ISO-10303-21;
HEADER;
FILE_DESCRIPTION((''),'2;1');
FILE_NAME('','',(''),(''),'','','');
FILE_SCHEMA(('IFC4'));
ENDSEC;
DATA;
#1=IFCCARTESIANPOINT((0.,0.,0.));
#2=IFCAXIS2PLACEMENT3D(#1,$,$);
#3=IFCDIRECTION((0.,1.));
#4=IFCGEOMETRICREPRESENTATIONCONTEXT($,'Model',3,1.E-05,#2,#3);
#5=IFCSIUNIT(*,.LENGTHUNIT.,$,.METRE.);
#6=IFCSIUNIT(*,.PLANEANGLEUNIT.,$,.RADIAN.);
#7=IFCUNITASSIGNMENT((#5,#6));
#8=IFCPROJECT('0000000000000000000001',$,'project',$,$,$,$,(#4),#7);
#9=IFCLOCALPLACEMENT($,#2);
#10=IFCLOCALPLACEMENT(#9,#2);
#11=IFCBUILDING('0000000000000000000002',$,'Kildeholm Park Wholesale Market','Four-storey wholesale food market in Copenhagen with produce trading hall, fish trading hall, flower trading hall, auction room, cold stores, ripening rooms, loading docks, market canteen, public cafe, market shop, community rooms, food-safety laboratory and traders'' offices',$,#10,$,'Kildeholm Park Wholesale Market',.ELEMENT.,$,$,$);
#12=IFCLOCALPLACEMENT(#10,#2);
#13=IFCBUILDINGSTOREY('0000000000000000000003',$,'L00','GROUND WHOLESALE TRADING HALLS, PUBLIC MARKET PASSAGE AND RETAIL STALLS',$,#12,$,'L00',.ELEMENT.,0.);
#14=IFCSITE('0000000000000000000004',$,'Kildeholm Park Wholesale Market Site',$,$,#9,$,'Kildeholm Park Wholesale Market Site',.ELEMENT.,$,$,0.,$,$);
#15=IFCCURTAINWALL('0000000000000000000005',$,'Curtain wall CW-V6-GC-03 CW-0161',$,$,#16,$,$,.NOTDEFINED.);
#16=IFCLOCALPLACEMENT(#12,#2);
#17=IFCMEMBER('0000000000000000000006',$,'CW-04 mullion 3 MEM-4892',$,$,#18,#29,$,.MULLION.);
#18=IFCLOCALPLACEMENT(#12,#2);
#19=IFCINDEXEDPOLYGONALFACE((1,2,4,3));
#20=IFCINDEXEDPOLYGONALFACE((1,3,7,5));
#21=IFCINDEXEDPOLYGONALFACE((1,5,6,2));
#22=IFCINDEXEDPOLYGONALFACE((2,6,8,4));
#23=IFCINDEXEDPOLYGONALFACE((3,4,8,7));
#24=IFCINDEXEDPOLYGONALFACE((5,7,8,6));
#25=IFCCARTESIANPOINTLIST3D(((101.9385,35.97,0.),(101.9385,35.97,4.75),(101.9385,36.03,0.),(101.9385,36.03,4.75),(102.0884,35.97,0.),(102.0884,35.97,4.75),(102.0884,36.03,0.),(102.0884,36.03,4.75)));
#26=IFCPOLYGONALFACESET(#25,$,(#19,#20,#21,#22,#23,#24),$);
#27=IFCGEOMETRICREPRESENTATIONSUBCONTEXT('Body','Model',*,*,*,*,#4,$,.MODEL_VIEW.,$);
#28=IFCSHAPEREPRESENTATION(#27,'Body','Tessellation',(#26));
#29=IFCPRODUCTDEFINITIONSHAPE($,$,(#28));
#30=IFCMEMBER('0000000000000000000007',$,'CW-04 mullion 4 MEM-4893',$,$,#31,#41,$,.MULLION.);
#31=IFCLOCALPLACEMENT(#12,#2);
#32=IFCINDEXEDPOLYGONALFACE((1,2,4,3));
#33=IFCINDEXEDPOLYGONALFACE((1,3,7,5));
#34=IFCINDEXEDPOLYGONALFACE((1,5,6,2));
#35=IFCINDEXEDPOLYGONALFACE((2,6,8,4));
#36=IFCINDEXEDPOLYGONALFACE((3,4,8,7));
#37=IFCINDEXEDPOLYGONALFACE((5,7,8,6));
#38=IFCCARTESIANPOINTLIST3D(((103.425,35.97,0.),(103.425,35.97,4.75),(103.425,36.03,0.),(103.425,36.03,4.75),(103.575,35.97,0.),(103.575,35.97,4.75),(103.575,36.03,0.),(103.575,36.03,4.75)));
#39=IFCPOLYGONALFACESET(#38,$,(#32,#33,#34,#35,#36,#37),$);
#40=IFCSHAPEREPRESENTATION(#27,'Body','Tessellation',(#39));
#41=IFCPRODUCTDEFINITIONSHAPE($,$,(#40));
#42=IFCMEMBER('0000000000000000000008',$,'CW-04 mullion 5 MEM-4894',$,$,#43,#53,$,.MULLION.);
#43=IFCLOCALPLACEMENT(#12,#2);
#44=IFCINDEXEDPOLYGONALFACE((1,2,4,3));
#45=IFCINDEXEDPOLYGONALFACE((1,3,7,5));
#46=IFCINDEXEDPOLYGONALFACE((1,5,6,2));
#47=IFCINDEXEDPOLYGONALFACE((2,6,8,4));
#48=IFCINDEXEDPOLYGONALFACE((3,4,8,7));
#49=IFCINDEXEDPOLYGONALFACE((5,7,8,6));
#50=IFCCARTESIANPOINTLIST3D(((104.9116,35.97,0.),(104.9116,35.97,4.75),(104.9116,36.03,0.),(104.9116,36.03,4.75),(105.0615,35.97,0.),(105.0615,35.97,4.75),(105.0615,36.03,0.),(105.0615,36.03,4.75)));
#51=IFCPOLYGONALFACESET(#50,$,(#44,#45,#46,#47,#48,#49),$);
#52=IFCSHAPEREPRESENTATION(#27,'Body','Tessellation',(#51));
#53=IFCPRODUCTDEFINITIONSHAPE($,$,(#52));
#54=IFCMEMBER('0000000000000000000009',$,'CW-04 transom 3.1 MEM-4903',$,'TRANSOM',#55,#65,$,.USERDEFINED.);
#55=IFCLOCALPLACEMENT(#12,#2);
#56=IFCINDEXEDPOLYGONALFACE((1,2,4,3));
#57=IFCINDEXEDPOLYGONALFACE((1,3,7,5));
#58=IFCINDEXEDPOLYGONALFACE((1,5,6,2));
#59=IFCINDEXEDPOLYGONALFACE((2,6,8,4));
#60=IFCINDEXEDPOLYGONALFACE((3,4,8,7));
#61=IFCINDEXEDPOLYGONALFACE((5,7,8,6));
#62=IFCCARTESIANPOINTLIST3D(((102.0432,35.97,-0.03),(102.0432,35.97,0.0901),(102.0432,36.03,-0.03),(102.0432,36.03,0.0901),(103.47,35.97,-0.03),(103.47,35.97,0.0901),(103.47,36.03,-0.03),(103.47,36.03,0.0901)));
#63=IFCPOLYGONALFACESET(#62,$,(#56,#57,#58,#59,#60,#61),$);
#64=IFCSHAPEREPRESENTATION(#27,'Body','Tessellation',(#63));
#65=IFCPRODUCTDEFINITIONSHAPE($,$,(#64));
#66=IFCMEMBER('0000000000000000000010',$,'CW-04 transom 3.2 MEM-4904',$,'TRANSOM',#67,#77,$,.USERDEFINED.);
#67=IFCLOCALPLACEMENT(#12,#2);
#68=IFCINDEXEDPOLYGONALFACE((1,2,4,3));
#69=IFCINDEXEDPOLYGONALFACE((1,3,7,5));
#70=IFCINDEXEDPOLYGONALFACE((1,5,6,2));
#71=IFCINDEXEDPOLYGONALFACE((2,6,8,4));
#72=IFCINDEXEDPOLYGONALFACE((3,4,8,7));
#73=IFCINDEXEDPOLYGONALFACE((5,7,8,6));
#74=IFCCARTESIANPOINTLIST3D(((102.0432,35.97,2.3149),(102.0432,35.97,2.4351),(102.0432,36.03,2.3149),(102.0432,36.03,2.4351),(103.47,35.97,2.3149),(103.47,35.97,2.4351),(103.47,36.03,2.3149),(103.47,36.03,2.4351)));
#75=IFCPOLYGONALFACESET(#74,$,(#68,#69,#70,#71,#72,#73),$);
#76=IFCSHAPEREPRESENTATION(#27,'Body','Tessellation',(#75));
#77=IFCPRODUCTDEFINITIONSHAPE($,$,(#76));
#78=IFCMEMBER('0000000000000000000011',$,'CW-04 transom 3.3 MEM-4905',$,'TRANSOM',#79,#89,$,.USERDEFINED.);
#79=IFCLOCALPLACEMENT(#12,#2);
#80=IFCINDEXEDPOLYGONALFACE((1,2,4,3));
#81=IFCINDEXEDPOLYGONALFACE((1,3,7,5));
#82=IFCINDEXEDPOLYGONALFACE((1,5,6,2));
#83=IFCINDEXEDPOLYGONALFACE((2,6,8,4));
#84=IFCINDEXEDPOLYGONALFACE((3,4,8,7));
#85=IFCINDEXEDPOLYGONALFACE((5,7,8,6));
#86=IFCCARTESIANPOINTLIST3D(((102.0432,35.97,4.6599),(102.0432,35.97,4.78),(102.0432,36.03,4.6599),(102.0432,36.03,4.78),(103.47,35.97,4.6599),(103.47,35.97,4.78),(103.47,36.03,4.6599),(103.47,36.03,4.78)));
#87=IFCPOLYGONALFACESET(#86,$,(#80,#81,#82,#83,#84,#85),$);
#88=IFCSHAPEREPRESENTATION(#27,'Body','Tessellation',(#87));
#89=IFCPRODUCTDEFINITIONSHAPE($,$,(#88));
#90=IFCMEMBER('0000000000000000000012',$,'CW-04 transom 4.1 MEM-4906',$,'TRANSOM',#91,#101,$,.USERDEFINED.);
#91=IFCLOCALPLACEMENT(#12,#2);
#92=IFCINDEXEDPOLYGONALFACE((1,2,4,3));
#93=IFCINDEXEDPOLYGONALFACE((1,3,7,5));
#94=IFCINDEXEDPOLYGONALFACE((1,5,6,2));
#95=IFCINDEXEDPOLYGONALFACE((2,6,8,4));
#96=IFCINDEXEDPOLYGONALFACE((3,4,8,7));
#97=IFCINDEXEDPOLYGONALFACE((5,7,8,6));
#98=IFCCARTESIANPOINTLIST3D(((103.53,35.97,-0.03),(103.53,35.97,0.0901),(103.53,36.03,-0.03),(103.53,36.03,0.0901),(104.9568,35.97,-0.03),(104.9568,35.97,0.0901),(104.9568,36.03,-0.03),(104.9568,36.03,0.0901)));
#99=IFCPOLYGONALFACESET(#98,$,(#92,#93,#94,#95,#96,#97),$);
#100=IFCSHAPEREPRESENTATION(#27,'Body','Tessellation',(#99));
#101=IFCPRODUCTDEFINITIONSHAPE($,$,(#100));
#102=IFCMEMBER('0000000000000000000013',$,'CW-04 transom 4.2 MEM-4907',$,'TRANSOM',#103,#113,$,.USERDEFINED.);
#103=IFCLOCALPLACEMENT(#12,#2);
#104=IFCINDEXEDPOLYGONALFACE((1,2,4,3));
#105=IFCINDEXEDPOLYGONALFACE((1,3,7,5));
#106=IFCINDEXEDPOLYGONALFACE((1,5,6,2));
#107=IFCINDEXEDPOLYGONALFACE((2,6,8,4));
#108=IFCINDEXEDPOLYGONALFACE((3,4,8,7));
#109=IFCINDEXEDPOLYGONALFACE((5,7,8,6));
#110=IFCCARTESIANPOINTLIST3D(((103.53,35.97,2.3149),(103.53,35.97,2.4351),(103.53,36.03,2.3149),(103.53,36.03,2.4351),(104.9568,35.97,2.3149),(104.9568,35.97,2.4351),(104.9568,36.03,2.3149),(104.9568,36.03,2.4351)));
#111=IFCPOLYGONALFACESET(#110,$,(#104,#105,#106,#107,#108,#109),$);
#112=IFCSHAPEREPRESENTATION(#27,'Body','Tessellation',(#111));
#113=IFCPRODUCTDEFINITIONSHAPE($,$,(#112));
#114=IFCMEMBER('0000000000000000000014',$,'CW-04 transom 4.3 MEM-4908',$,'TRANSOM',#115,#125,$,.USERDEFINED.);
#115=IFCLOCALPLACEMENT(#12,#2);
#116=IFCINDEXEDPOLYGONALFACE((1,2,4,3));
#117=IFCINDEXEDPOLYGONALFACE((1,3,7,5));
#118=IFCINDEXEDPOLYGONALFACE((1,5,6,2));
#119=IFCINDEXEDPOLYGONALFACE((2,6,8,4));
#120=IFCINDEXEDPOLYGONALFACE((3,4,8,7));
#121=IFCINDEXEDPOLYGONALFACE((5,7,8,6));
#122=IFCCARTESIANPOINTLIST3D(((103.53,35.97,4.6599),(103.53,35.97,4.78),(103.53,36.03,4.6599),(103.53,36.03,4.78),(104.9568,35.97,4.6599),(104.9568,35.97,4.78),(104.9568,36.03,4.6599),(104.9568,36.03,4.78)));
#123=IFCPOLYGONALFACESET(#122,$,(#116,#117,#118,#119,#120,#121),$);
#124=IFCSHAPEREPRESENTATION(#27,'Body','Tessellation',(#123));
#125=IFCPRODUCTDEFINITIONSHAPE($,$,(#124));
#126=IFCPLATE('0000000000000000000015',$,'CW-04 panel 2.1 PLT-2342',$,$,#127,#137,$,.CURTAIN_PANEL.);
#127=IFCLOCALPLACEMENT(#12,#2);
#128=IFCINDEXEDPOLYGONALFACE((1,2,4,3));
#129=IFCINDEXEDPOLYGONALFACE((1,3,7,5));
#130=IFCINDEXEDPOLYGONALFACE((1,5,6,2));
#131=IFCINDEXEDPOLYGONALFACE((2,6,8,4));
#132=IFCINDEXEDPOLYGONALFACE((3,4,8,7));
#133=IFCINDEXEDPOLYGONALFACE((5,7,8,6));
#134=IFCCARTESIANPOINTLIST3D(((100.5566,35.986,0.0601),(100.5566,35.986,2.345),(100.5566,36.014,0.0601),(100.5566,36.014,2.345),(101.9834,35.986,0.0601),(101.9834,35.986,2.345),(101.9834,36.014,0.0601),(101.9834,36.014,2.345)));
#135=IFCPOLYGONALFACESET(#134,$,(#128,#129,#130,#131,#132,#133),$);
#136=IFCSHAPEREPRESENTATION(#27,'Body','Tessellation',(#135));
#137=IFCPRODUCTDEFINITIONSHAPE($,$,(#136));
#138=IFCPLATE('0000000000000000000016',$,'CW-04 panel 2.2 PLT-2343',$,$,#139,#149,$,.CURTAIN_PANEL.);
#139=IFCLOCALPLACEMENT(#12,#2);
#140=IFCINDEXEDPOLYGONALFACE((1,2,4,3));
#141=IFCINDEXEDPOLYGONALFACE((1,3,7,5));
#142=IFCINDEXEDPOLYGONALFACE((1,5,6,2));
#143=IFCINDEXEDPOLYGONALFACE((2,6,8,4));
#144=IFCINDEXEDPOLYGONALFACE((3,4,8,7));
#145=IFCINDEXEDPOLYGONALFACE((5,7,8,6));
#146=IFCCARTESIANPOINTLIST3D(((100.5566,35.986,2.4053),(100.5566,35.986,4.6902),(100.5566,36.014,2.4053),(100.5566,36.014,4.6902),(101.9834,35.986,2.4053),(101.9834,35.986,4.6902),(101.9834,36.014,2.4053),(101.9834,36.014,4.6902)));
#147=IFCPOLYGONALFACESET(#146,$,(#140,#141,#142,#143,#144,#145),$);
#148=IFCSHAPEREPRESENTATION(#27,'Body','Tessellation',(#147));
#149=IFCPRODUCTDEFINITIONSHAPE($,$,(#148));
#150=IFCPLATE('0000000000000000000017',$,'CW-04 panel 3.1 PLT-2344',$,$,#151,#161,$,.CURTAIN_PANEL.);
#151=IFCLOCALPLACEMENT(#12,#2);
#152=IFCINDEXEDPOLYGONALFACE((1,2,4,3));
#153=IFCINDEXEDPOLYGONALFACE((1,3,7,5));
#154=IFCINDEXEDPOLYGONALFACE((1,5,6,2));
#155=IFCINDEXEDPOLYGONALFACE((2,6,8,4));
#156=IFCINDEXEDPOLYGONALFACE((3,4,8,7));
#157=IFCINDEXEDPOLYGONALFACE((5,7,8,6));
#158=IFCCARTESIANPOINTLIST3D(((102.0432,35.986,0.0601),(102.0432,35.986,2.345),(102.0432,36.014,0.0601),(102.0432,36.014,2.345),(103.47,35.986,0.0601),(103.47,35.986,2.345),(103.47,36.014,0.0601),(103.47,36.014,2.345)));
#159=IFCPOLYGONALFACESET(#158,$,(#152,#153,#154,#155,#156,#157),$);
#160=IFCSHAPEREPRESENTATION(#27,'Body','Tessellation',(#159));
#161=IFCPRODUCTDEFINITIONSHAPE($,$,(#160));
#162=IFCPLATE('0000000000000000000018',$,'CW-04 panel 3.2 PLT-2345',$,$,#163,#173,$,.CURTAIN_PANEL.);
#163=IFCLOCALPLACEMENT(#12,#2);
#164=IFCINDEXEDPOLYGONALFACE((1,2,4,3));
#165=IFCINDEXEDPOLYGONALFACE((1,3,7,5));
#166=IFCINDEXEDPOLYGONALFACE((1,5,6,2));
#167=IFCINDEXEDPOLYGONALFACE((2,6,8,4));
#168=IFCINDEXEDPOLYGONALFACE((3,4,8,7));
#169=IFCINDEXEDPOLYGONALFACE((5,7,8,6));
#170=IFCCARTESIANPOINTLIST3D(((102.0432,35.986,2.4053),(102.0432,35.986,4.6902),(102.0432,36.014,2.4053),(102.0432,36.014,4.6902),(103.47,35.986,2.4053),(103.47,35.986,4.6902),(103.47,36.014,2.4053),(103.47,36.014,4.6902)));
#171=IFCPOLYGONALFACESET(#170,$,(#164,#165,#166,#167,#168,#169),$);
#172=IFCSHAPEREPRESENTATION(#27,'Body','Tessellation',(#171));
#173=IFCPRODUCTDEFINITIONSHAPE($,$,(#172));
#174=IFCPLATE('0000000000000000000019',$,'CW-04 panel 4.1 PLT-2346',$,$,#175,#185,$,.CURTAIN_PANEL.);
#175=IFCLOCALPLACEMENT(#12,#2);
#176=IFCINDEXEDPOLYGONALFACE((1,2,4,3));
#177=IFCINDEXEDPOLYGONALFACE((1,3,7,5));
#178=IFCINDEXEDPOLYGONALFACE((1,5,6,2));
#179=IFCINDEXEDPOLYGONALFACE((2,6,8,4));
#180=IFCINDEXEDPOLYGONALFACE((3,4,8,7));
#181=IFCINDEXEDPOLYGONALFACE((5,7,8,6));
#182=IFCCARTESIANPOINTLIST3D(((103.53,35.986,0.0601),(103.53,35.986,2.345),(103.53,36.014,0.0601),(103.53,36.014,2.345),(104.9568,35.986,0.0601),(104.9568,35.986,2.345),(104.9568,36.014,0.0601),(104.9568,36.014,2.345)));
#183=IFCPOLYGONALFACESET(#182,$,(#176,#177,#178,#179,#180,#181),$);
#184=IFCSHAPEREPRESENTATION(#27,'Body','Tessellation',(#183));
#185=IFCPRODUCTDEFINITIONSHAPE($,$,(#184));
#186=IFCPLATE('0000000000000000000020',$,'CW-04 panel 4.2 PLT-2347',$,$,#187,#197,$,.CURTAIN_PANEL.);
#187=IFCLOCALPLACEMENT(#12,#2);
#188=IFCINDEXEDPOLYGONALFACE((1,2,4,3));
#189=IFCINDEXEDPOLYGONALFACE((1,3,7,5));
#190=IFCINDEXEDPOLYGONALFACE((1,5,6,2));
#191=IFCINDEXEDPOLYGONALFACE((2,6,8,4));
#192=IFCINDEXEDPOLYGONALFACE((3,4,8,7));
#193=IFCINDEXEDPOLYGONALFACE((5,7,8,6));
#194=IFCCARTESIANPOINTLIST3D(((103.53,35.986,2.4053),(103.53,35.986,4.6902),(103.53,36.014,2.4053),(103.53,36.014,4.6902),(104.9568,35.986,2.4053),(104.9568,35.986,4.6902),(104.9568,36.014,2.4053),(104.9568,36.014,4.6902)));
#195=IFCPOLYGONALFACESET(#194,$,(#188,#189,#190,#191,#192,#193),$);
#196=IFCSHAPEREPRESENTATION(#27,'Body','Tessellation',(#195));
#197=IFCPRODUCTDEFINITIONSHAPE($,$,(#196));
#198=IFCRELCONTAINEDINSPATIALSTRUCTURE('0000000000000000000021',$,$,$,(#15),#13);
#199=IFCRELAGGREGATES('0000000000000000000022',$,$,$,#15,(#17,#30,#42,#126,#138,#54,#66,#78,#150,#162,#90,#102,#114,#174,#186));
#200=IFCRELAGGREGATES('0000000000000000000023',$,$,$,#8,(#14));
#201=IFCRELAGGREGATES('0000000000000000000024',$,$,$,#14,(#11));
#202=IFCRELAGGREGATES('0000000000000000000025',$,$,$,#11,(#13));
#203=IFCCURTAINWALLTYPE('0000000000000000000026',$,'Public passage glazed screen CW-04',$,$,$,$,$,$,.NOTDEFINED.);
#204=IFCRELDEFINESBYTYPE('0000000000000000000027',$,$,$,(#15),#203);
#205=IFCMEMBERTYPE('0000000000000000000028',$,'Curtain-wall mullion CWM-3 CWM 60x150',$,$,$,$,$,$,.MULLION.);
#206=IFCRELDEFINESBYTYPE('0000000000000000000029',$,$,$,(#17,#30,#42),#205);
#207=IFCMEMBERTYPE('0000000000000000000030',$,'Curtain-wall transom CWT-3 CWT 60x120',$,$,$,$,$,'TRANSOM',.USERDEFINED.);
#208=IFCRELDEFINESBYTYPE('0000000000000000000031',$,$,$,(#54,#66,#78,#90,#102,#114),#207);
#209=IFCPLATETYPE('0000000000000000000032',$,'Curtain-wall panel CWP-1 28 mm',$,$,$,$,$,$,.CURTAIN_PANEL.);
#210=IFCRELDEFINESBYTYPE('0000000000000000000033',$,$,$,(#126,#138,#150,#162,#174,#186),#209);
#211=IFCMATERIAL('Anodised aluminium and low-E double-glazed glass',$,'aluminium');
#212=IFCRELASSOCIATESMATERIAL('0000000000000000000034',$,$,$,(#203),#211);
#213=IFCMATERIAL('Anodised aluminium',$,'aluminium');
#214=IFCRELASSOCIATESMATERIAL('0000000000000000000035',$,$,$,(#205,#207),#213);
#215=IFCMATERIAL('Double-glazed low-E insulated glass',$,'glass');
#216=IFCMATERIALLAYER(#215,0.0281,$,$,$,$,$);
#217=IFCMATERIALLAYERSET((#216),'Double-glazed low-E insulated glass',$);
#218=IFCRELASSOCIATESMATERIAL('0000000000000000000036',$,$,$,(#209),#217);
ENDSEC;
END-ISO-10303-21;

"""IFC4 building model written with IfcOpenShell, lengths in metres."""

from ifc_helpers import new_model, si_unit, direction, frame, origin, origin_2d, place, context, subcontext, project, spatial, rectangle, extrude, material, layer, layer_set, material_profile, profile_set, type_object, element, aggregate, save


model = new_model("IFC4")

# Units and contexts
model_context = context("Model", 3, precision=1e-05, world=origin(), true_north=direction((0.0, 1.0)))
body_context = subcontext(model_context, "Body", "Model", "MODEL_VIEW")
ifc_project = project(units=[si_unit("LENGTHUNIT", "METRE"), si_unit("PLANEANGLEUNIT", "RADIAN")], contexts=[model_context])

# Site, building, storey
site_placement = place(None, origin())
site = spatial("IfcSite", under=ifc_project, at=site_placement, Name="Kildeholm Park Wholesale Market Site", LongName="Kildeholm Park Wholesale Market Site", CompositionType="ELEMENT", RefElevation=0.0)
building_placement = place(site_placement, origin())
building = spatial("IfcBuilding", under=site, at=building_placement, Name="Kildeholm Park Wholesale Market", Description="Four-storey wholesale food market in Copenhagen with produce trading hall, fish trading hall, flower trading hall, auction room, cold stores, ripening rooms, loading docks, market canteen, public cafe, market shop, community rooms, food-safety laboratory and traders' offices", LongName="Kildeholm Park Wholesale Market", CompositionType="ELEMENT")
storey_placement = place(building_placement, origin())
storey = spatial("IfcBuildingStorey", under=building, at=storey_placement, Name="L00", Description="GROUND WHOLESALE TRADING HALLS, PUBLIC MARKET PASSAGE AND RETAIL STALLS", LongName="L00", CompositionType="ELEMENT", Elevation=0.0)

# Curtain wall, members, plates
ifc_material_1 = material(Name="Anodised aluminium and low-E double-glazed glass", Category="aluminium")
curtain_wall_type = type_object("IfcCurtainWallType", Name="Public passage glazed screen CW-04", PredefinedType="NOTDEFINED", material=ifc_material_1)
curtain_wall_placement = place(storey_placement, origin())
curtain_wall = element("IfcCurtainWall", 1, at=curtain_wall_placement, inside=storey, type_object=curtain_wall_type, Name="Curtain wall CW-V6-GC-03 CW-0161", PredefinedType="NOTDEFINED")
ifc_material_2 = material(Name="Anodised aluminium", Category="aluminium")
ifc_material_profile_1 = material_profile(ifc_material_2, rectangle(XDim=0.0601, YDim=0.1499, at=origin_2d()), Name="CWM 60x150")
ifc_profile_set_1 = profile_set([ifc_material_profile_1], Name="Anodised aluminium")
member_type_1 = type_object("IfcMemberType", Name="Curtain-wall mullion CWM-3 CWM 60x150", PredefinedType="MULLION", material=ifc_profile_set_1)
member_1_placement = place(storey_placement, frame((102.0134, 36.0, 0.0), z_axis=(0.0, 0.0, 1.0), x_axis=(0.0, 1.0, 0.0)))
member_1 = element("IfcMember", 2, at=member_1_placement, type_object=member_type_1, Name="CW-04 mullion 3 MEM-4892", PredefinedType="MULLION", context=body_context, shape_type="SweptSolid", body=[
    extrude(rectangle(XDim=0.0601, YDim=0.1499, at=origin_2d()), origin(), (0.0, 0.0, 1.0), 4.75),
])
member_2_placement = place(storey_placement, frame((103.5, 36.0, 0.0), z_axis=(0.0, 0.0, 1.0), x_axis=(0.0, 1.0, 0.0)))
member_2 = element("IfcMember", 3, at=member_2_placement, type_object=member_type_1, Name="CW-04 mullion 4 MEM-4893", PredefinedType="MULLION", context=body_context, shape_type="SweptSolid", body=[
    extrude(rectangle(XDim=0.0601, YDim=0.1499, at=origin_2d()), origin(), (0.0, 0.0, 1.0), 4.75),
])
member_3_placement = place(storey_placement, frame((104.9866, 36.0, 0.0), z_axis=(0.0, 0.0, 1.0), x_axis=(0.0, 1.0, 0.0)))
member_3 = element("IfcMember", 4, at=member_3_placement, type_object=member_type_1, Name="CW-04 mullion 5 MEM-4894", PredefinedType="MULLION", context=body_context, shape_type="SweptSolid", body=[
    extrude(rectangle(XDim=0.0601, YDim=0.1499, at=origin_2d()), origin(), (0.0, 0.0, 1.0), 4.75),
])
ifc_material_profile_2 = material_profile(ifc_material_2, rectangle(XDim=0.0601, YDim=0.1201, at=origin_2d()), Name="CWT 60x120")
ifc_profile_set_2 = profile_set([ifc_material_profile_2], Name="Anodised aluminium")
member_type_2 = type_object("IfcMemberType", Name="Curtain-wall transom CWT-3 CWT 60x120", ElementType="TRANSOM", PredefinedType="USERDEFINED", material=ifc_profile_set_2)
member_4_placement = place(storey_placement, frame((102.0432, 36.0, 0.03), z_axis=(1.0, 0.0, 0.0), x_axis=(0.0, 1.0, 0.0)))
member_4 = element("IfcMember", 5, at=member_4_placement, type_object=member_type_2, Name="CW-04 transom 3.1 MEM-4903", ObjectType="TRANSOM", PredefinedType="USERDEFINED", context=body_context, shape_type="SweptSolid", body=[
    extrude(rectangle(XDim=0.0601, YDim=0.1201, at=origin_2d()), origin(), (0.0, 0.0, 1.0), 1.4268),
])
member_5_placement = place(storey_placement, frame((102.0432, 36.0, 2.375), z_axis=(1.0, 0.0, 0.0), x_axis=(0.0, 1.0, 0.0)))
member_5 = element("IfcMember", 6, at=member_5_placement, type_object=member_type_2, Name="CW-04 transom 3.2 MEM-4904", ObjectType="TRANSOM", PredefinedType="USERDEFINED", context=body_context, shape_type="SweptSolid", body=[
    extrude(rectangle(XDim=0.0601, YDim=0.1201, at=origin_2d()), origin(), (0.0, 0.0, 1.0), 1.4268),
])
member_6_placement = place(storey_placement, frame((102.0432, 36.0, 4.72), z_axis=(1.0, 0.0, 0.0), x_axis=(0.0, 1.0, 0.0)))
member_6 = element("IfcMember", 7, at=member_6_placement, type_object=member_type_2, Name="CW-04 transom 3.3 MEM-4905", ObjectType="TRANSOM", PredefinedType="USERDEFINED", context=body_context, shape_type="SweptSolid", body=[
    extrude(rectangle(XDim=0.0601, YDim=0.1201, at=origin_2d()), origin(), (0.0, 0.0, 1.0), 1.4268),
])
member_7_placement = place(storey_placement, frame((103.53, 36.0, 0.03), z_axis=(1.0, 0.0, 0.0), x_axis=(0.0, 1.0, 0.0)))
member_7 = element("IfcMember", 8, at=member_7_placement, type_object=member_type_2, Name="CW-04 transom 4.1 MEM-4906", ObjectType="TRANSOM", PredefinedType="USERDEFINED", context=body_context, shape_type="SweptSolid", body=[
    extrude(rectangle(XDim=0.0601, YDim=0.1201, at=origin_2d()), origin(), (0.0, 0.0, 1.0), 1.4268),
])
member_8_placement = place(storey_placement, frame((103.53, 36.0, 2.375), z_axis=(1.0, 0.0, 0.0), x_axis=(0.0, 1.0, 0.0)))
member_8 = element("IfcMember", 9, at=member_8_placement, type_object=member_type_2, Name="CW-04 transom 4.2 MEM-4907", ObjectType="TRANSOM", PredefinedType="USERDEFINED", context=body_context, shape_type="SweptSolid", body=[
    extrude(rectangle(XDim=0.0601, YDim=0.1201, at=origin_2d()), origin(), (0.0, 0.0, 1.0), 1.4268),
])
member_9_placement = place(storey_placement, frame((103.53, 36.0, 4.72), z_axis=(1.0, 0.0, 0.0), x_axis=(0.0, 1.0, 0.0)))
member_9 = element("IfcMember", 10, at=member_9_placement, type_object=member_type_2, Name="CW-04 transom 4.3 MEM-4908", ObjectType="TRANSOM", PredefinedType="USERDEFINED", context=body_context, shape_type="SweptSolid", body=[
    extrude(rectangle(XDim=0.0601, YDim=0.1201, at=origin_2d()), origin(), (0.0, 0.0, 1.0), 1.4268),
])
ifc_material_3 = material(Name="Double-glazed low-E insulated glass", Category="glass")
ifc_layer_1 = layer(ifc_material_3, 0.0281)
ifc_layer_set_1 = layer_set([ifc_layer_1], Name="Double-glazed low-E insulated glass")
plate_type = type_object("IfcPlateType", Name="Curtain-wall panel CWP-1 28 mm", PredefinedType="CURTAIN_PANEL", material=ifc_layer_set_1)
plate_1_placement = place(storey_placement, frame((101.27, 36.0, 0.0601), z_axis=(0.0, 0.0, 1.0), x_axis=(1.0, 0.0, 0.0)))
plate_1 = element("IfcPlate", 11, at=plate_1_placement, type_object=plate_type, Name="CW-04 panel 2.1 PLT-2342", PredefinedType="CURTAIN_PANEL", context=body_context, shape_type="SweptSolid", body=[
    extrude(rectangle(XDim=1.4268, YDim=0.0281, at=origin_2d()), origin(), (0.0, 0.0, 1.0), 2.2849),
])
plate_2_placement = place(storey_placement, frame((101.27, 36.0, 2.4053), z_axis=(0.0, 0.0, 1.0), x_axis=(1.0, 0.0, 0.0)))
plate_2 = element("IfcPlate", 12, at=plate_2_placement, type_object=plate_type, Name="CW-04 panel 2.2 PLT-2343", PredefinedType="CURTAIN_PANEL", context=body_context, shape_type="SweptSolid", body=[
    extrude(rectangle(XDim=1.4268, YDim=0.0281, at=origin_2d()), origin(), (0.0, 0.0, 1.0), 2.2849),
])
plate_3_placement = place(storey_placement, frame((102.7566, 36.0, 0.0601), z_axis=(0.0, 0.0, 1.0), x_axis=(1.0, 0.0, 0.0)))
plate_3 = element("IfcPlate", 13, at=plate_3_placement, type_object=plate_type, Name="CW-04 panel 3.1 PLT-2344", PredefinedType="CURTAIN_PANEL", context=body_context, shape_type="SweptSolid", body=[
    extrude(rectangle(XDim=1.4268, YDim=0.0281, at=origin_2d()), origin(), (0.0, 0.0, 1.0), 2.2849),
])
plate_4_placement = place(storey_placement, frame((102.7566, 36.0, 2.4053), z_axis=(0.0, 0.0, 1.0), x_axis=(1.0, 0.0, 0.0)))
plate_4 = element("IfcPlate", 14, at=plate_4_placement, type_object=plate_type, Name="CW-04 panel 3.2 PLT-2345", PredefinedType="CURTAIN_PANEL", context=body_context, shape_type="SweptSolid", body=[
    extrude(rectangle(XDim=1.4268, YDim=0.0281, at=origin_2d()), origin(), (0.0, 0.0, 1.0), 2.2849),
])
plate_5_placement = place(storey_placement, frame((104.2434, 36.0, 0.0601), z_axis=(0.0, 0.0, 1.0), x_axis=(1.0, 0.0, 0.0)))
plate_5 = element("IfcPlate", 15, at=plate_5_placement, type_object=plate_type, Name="CW-04 panel 4.1 PLT-2346", PredefinedType="CURTAIN_PANEL", context=body_context, shape_type="SweptSolid", body=[
    extrude(rectangle(XDim=1.4268, YDim=0.0281, at=origin_2d()), origin(), (0.0, 0.0, 1.0), 2.2849),
])
plate_6_placement = place(storey_placement, frame((104.2434, 36.0, 2.4053), z_axis=(0.0, 0.0, 1.0), x_axis=(1.0, 0.0, 0.0)))
plate_6 = element("IfcPlate", 16, at=plate_6_placement, type_object=plate_type, Name="CW-04 panel 4.2 PLT-2347", PredefinedType="CURTAIN_PANEL", context=body_context, shape_type="SweptSolid", body=[
    extrude(rectangle(XDim=1.4268, YDim=0.0281, at=origin_2d()), origin(), (0.0, 0.0, 1.0), 2.2849),
])
aggregate(curtain_wall, [member_1, member_2, member_3, plate_1, plate_2, member_4, member_5, member_6, plate_3, plate_4, member_7, member_8, member_9, plate_5, plate_6])

save(model, "model.ifc")
